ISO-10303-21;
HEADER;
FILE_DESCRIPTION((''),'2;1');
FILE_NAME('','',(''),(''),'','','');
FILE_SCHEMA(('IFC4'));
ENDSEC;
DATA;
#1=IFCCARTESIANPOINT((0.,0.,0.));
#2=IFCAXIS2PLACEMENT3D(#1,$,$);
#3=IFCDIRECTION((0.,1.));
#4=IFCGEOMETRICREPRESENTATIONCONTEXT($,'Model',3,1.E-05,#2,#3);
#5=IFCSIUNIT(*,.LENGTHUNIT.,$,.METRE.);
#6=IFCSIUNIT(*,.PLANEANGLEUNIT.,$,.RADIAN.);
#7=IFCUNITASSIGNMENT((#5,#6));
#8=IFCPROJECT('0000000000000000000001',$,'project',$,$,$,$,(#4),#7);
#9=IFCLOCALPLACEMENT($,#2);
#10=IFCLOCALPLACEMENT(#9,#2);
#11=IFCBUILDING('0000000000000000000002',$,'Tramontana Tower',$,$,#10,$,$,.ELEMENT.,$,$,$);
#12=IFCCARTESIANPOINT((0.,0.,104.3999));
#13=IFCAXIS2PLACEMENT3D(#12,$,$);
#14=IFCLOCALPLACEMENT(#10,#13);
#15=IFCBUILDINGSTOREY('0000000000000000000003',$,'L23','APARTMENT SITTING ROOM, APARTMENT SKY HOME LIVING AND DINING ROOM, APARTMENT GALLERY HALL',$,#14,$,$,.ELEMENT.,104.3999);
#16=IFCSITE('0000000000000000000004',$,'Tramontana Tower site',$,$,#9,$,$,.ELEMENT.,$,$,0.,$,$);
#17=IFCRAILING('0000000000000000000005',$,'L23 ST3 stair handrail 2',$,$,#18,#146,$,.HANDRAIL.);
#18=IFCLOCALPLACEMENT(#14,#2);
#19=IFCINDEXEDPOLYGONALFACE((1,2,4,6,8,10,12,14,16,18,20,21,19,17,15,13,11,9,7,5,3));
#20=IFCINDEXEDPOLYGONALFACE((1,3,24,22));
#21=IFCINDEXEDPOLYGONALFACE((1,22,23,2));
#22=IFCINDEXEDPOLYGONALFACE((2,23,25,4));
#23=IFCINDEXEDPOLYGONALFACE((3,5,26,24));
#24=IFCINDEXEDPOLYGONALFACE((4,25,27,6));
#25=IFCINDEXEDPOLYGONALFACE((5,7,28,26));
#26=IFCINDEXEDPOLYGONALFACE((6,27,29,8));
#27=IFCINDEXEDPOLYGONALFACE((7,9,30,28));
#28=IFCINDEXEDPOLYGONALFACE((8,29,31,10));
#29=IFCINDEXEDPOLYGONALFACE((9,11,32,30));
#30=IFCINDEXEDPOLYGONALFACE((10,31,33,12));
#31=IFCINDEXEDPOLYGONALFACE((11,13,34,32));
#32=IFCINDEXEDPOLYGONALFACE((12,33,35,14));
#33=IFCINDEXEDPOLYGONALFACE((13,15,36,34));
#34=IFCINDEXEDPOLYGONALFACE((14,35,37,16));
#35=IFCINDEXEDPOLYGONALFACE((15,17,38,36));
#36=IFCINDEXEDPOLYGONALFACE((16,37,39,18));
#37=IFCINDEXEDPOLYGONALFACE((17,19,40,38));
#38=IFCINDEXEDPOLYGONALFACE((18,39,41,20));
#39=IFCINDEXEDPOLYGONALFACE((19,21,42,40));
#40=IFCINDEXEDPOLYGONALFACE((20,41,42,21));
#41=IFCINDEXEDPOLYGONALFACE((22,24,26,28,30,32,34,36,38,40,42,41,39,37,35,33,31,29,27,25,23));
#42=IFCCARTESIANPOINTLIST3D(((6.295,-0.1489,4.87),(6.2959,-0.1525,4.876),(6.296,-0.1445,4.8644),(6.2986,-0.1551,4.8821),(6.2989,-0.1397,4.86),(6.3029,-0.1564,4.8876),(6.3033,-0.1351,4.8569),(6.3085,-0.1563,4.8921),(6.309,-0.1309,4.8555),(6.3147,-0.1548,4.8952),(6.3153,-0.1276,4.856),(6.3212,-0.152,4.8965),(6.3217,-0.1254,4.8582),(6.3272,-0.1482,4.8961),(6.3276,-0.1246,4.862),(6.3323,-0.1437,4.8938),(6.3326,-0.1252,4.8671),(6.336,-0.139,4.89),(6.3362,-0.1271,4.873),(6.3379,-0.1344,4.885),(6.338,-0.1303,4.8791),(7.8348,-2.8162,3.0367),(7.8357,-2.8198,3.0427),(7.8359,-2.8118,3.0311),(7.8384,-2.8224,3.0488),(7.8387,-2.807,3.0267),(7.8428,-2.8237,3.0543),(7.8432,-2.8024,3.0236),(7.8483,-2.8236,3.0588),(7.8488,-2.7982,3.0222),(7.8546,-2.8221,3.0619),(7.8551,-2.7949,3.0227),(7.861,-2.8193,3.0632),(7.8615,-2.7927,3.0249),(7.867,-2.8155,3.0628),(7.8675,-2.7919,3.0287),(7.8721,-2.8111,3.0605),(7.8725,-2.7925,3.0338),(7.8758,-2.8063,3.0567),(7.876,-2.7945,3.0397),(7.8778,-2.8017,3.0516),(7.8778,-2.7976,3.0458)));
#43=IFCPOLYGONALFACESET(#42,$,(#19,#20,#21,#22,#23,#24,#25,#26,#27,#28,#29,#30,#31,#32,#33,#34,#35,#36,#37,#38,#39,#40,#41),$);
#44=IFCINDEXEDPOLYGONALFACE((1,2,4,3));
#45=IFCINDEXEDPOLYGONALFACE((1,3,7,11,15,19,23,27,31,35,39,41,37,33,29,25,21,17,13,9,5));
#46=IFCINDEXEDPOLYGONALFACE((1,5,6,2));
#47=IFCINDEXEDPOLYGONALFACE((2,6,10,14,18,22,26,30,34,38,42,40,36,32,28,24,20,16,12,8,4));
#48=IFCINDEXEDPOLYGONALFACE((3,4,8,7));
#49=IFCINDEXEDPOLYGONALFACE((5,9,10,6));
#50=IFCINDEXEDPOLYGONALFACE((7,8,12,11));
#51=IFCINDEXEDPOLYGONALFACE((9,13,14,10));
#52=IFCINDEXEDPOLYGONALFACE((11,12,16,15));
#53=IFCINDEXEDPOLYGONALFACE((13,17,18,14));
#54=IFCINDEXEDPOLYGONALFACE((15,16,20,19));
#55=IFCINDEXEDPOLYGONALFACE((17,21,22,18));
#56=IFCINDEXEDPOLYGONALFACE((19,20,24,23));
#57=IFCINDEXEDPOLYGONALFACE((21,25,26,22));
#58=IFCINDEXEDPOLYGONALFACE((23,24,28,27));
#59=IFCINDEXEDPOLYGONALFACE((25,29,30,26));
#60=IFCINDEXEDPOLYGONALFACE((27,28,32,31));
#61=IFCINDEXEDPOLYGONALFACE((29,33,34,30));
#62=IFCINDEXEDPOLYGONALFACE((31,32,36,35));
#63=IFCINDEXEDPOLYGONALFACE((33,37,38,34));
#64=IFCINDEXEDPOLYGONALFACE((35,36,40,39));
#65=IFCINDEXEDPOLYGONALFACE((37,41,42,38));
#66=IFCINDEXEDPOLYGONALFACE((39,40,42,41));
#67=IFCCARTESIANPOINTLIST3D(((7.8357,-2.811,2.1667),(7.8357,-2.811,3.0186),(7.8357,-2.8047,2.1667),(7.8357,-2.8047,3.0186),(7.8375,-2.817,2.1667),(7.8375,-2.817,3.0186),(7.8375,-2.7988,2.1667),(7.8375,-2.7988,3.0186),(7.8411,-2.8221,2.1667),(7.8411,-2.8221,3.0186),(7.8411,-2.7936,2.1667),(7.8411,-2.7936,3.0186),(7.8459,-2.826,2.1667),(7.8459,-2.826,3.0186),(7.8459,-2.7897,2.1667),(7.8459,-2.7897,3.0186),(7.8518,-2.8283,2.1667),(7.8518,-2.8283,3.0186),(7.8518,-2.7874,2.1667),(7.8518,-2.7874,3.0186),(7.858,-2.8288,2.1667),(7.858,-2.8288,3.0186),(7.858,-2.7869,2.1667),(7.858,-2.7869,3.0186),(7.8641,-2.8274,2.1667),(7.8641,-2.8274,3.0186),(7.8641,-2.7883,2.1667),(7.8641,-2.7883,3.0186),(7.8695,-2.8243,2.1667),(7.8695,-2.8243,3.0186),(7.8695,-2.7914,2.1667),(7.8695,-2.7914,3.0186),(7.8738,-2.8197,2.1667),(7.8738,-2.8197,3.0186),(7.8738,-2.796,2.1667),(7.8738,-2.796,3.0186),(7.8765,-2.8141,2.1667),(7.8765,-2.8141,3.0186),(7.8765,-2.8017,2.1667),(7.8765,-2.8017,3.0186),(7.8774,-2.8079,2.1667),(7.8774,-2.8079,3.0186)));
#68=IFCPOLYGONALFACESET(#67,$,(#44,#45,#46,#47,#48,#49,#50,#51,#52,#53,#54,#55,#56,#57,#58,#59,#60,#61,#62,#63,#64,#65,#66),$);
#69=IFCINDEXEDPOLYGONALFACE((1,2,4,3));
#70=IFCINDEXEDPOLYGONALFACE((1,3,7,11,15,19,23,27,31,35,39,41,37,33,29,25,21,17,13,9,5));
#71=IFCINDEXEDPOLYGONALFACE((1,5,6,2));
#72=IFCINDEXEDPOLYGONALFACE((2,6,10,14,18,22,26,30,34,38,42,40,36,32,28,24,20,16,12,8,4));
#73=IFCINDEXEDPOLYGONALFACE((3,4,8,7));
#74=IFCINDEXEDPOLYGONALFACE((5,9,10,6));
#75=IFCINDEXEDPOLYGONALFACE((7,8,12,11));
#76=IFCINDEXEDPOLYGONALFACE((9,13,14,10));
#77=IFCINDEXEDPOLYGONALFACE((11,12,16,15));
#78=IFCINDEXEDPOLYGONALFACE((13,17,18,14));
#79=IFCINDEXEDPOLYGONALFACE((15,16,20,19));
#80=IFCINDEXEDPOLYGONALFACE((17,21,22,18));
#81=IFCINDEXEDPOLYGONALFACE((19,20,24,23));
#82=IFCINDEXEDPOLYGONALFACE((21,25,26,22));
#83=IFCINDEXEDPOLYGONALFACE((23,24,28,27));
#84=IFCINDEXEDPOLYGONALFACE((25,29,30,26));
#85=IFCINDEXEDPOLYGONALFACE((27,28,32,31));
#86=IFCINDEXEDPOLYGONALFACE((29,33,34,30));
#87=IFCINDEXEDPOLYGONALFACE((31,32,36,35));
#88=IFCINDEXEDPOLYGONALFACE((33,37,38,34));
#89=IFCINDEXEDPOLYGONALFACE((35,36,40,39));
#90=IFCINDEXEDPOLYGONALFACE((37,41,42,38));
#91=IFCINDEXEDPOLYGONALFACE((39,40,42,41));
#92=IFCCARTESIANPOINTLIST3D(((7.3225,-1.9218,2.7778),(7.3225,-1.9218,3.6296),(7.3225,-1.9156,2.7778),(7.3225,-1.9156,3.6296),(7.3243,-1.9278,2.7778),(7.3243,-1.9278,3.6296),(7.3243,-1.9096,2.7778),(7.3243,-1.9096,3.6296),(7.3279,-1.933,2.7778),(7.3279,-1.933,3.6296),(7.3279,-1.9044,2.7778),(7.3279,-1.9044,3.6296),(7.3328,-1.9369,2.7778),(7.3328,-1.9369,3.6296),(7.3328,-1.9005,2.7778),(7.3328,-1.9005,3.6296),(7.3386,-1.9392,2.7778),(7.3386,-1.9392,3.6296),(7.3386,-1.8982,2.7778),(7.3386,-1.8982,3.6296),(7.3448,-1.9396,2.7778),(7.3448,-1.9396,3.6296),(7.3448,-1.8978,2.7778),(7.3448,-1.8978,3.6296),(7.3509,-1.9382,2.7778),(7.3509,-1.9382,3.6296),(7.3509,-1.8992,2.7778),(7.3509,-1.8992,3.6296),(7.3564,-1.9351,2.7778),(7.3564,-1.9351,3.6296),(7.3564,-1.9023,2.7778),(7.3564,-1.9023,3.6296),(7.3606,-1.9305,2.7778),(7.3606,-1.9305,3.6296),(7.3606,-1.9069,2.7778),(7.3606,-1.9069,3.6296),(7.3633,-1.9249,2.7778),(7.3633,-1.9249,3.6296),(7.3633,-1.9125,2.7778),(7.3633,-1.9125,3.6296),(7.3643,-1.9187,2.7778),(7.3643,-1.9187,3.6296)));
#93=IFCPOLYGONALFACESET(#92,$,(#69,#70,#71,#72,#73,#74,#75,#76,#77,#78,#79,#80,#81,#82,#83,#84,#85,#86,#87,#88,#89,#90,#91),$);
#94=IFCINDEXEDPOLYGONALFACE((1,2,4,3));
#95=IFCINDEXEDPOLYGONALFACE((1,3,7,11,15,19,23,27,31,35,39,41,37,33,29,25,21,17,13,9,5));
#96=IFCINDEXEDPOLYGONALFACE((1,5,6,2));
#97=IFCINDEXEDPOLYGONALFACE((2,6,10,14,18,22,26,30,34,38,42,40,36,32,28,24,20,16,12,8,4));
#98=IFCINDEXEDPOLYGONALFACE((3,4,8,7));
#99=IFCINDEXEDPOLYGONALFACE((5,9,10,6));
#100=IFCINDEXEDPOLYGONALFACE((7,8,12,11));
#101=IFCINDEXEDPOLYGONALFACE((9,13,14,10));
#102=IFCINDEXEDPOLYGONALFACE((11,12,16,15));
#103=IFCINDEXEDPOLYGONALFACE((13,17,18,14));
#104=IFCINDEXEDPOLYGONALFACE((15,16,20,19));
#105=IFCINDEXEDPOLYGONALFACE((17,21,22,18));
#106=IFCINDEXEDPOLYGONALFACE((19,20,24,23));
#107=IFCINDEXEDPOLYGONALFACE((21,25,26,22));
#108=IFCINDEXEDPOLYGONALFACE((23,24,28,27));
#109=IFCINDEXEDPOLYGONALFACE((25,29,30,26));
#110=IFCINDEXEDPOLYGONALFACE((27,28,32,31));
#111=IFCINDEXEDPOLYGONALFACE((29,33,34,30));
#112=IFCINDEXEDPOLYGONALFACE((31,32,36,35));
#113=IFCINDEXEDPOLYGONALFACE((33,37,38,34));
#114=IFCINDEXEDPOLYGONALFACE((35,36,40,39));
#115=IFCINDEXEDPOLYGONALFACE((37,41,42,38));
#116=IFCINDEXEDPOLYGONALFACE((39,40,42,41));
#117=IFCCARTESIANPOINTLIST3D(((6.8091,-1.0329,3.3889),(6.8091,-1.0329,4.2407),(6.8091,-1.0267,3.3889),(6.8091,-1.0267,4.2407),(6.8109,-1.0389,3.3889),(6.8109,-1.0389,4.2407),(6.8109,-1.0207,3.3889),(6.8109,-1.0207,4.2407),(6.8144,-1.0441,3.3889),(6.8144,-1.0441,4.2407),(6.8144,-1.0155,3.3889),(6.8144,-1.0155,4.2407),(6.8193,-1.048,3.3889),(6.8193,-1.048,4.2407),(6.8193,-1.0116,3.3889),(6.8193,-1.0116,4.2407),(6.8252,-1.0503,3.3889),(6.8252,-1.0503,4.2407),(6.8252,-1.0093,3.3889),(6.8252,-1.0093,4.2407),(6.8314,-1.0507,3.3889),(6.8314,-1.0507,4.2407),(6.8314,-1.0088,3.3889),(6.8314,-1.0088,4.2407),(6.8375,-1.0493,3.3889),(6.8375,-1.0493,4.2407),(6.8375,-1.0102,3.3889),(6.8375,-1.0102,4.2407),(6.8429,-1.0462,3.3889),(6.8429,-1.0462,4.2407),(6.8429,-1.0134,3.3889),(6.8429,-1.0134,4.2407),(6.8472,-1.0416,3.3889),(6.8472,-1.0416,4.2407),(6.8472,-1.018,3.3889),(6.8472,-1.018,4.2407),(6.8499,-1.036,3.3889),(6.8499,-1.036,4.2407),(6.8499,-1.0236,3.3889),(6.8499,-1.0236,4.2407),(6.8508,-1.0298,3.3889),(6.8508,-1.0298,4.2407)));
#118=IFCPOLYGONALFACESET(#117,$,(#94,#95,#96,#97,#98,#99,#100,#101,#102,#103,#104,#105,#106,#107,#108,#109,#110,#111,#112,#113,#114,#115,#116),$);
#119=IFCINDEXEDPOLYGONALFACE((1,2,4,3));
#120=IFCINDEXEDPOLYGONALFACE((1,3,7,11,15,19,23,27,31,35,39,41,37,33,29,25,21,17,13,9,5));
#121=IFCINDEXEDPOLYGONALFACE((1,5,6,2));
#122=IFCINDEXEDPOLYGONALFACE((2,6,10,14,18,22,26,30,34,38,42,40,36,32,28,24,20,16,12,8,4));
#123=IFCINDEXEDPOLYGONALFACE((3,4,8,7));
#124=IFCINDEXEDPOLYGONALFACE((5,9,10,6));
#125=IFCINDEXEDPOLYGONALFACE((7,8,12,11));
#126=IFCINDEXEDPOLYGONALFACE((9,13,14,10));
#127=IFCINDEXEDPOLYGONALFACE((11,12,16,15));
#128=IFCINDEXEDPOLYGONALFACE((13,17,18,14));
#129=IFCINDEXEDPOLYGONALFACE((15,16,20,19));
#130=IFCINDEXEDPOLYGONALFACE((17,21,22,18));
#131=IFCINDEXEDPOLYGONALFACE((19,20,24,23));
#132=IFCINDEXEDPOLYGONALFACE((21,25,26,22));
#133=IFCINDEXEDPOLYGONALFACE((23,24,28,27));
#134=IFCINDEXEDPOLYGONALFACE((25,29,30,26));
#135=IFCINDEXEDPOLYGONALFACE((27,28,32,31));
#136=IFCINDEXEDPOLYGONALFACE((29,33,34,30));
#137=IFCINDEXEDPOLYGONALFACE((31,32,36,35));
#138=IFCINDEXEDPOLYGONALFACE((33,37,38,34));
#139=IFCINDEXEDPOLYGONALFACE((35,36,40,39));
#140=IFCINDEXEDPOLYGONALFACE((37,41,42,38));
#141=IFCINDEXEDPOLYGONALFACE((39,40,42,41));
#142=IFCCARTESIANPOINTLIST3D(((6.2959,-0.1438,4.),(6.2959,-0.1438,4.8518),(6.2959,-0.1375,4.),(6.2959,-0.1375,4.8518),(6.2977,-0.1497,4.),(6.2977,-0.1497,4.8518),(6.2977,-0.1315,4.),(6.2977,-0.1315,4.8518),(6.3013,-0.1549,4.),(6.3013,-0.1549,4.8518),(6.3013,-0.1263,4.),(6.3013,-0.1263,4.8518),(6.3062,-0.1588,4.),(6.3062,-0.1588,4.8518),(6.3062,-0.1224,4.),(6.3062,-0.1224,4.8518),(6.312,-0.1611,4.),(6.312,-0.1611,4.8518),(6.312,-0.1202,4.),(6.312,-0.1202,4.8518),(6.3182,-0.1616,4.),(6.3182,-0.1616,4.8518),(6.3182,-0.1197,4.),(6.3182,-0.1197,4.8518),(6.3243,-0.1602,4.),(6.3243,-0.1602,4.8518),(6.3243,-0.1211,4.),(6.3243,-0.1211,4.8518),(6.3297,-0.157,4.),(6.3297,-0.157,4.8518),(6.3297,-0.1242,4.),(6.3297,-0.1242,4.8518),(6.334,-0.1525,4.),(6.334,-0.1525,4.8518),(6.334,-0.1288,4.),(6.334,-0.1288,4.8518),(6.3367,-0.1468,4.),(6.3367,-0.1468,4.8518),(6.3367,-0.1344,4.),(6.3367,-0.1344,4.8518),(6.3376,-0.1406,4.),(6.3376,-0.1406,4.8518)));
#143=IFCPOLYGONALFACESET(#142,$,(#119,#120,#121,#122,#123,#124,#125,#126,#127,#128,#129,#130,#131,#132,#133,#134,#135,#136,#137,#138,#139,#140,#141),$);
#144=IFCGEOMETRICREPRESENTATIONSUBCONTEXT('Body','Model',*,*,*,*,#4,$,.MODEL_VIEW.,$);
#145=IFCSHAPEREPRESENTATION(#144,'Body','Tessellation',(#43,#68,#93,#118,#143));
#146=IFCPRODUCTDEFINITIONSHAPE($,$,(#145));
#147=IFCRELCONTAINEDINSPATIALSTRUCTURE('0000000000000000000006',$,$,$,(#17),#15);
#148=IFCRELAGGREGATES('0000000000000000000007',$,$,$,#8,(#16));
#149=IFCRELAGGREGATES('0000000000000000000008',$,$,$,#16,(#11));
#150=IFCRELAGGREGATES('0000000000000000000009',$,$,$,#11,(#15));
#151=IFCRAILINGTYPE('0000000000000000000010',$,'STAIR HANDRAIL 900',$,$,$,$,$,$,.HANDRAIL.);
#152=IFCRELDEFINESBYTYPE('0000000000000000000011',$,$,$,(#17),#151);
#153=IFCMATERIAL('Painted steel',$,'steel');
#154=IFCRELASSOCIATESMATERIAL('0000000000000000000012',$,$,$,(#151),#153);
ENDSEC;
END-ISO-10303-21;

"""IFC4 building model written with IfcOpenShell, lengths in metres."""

from ifc_helpers import new_model, si_unit, direction, frame, origin, origin_2d, place, context, subcontext, project, spatial, circle, extrude, material, type_object, element, save


model = new_model("IFC4")

# Units and contexts
model_context = context("Model", 3, precision=1e-05, world=origin(), true_north=direction((0.0, 1.0)))
body_context = subcontext(model_context, "Body", "Model", "MODEL_VIEW")
ifc_project = project(units=[si_unit("LENGTHUNIT", "METRE"), si_unit("PLANEANGLEUNIT", "RADIAN")], contexts=[model_context])

# Site, building, storey
site_placement = place(None, origin())
site = spatial("IfcSite", under=ifc_project, at=site_placement, Name="Tramontana Tower site", CompositionType="ELEMENT", RefElevation=0.0)
building_placement = place(site_placement, origin())
building = spatial("IfcBuilding", under=site, at=building_placement, Name="Tramontana Tower", CompositionType="ELEMENT")
storey_placement = place(building_placement, frame((0.0, 0.0, 104.3999)))
storey = spatial("IfcBuildingStorey", under=building, at=storey_placement, Name="L23", Description="APARTMENT SITTING ROOM, APARTMENT SKY HOME LIVING AND DINING ROOM, APARTMENT GALLERY HALL", CompositionType="ELEMENT", Elevation=104.3999)

# Railing
ifc_material_1 = material(Name="Painted steel", Category="steel")
railing_type_1 = type_object("IfcRailingType", Name="STAIR HANDRAIL 900", PredefinedType="HANDRAIL", material=ifc_material_1)
railing_1_placement = place(storey_placement, frame((7.8564, -2.8079, 2.1667)))
element("IfcRailing", 1, at=railing_1_placement, inside=storey, type_object=railing_type_1, Name="L23 ST3 stair handrail 2", PredefinedType="HANDRAIL", context=body_context, shape_type="SweptSolid", body=[
    extrude(circle(Radius=0.0239, at=origin_2d()), frame((0.0, 0.0, 0.876), z_axis=(-0.429616, 0.744181, 0.511493), x_axis=(-0.866044, -0.499967, 0.0)), (0.0, 0.0, 1.0), 3.5842),
    extrude(circle(Radius=0.021, at=origin_2d()), origin(), (0.0, 0.0, 1.0), 0.8518),
    extrude(circle(Radius=0.021, at=origin_2d()), frame((-0.5132, 0.8892, 0.6111)), (0.0, 0.0, 1.0), 0.8518),
    extrude(circle(Radius=0.021, at=origin_2d()), frame((-1.0266, 1.7781, 1.2222)), (0.0, 0.0, 1.0), 0.8518),
    extrude(circle(Radius=0.021, at=origin_2d()), frame((-1.5398, 2.6672, 1.8333)), (0.0, 0.0, 1.0), 0.8518),
])

save(model, "model.ifc")
